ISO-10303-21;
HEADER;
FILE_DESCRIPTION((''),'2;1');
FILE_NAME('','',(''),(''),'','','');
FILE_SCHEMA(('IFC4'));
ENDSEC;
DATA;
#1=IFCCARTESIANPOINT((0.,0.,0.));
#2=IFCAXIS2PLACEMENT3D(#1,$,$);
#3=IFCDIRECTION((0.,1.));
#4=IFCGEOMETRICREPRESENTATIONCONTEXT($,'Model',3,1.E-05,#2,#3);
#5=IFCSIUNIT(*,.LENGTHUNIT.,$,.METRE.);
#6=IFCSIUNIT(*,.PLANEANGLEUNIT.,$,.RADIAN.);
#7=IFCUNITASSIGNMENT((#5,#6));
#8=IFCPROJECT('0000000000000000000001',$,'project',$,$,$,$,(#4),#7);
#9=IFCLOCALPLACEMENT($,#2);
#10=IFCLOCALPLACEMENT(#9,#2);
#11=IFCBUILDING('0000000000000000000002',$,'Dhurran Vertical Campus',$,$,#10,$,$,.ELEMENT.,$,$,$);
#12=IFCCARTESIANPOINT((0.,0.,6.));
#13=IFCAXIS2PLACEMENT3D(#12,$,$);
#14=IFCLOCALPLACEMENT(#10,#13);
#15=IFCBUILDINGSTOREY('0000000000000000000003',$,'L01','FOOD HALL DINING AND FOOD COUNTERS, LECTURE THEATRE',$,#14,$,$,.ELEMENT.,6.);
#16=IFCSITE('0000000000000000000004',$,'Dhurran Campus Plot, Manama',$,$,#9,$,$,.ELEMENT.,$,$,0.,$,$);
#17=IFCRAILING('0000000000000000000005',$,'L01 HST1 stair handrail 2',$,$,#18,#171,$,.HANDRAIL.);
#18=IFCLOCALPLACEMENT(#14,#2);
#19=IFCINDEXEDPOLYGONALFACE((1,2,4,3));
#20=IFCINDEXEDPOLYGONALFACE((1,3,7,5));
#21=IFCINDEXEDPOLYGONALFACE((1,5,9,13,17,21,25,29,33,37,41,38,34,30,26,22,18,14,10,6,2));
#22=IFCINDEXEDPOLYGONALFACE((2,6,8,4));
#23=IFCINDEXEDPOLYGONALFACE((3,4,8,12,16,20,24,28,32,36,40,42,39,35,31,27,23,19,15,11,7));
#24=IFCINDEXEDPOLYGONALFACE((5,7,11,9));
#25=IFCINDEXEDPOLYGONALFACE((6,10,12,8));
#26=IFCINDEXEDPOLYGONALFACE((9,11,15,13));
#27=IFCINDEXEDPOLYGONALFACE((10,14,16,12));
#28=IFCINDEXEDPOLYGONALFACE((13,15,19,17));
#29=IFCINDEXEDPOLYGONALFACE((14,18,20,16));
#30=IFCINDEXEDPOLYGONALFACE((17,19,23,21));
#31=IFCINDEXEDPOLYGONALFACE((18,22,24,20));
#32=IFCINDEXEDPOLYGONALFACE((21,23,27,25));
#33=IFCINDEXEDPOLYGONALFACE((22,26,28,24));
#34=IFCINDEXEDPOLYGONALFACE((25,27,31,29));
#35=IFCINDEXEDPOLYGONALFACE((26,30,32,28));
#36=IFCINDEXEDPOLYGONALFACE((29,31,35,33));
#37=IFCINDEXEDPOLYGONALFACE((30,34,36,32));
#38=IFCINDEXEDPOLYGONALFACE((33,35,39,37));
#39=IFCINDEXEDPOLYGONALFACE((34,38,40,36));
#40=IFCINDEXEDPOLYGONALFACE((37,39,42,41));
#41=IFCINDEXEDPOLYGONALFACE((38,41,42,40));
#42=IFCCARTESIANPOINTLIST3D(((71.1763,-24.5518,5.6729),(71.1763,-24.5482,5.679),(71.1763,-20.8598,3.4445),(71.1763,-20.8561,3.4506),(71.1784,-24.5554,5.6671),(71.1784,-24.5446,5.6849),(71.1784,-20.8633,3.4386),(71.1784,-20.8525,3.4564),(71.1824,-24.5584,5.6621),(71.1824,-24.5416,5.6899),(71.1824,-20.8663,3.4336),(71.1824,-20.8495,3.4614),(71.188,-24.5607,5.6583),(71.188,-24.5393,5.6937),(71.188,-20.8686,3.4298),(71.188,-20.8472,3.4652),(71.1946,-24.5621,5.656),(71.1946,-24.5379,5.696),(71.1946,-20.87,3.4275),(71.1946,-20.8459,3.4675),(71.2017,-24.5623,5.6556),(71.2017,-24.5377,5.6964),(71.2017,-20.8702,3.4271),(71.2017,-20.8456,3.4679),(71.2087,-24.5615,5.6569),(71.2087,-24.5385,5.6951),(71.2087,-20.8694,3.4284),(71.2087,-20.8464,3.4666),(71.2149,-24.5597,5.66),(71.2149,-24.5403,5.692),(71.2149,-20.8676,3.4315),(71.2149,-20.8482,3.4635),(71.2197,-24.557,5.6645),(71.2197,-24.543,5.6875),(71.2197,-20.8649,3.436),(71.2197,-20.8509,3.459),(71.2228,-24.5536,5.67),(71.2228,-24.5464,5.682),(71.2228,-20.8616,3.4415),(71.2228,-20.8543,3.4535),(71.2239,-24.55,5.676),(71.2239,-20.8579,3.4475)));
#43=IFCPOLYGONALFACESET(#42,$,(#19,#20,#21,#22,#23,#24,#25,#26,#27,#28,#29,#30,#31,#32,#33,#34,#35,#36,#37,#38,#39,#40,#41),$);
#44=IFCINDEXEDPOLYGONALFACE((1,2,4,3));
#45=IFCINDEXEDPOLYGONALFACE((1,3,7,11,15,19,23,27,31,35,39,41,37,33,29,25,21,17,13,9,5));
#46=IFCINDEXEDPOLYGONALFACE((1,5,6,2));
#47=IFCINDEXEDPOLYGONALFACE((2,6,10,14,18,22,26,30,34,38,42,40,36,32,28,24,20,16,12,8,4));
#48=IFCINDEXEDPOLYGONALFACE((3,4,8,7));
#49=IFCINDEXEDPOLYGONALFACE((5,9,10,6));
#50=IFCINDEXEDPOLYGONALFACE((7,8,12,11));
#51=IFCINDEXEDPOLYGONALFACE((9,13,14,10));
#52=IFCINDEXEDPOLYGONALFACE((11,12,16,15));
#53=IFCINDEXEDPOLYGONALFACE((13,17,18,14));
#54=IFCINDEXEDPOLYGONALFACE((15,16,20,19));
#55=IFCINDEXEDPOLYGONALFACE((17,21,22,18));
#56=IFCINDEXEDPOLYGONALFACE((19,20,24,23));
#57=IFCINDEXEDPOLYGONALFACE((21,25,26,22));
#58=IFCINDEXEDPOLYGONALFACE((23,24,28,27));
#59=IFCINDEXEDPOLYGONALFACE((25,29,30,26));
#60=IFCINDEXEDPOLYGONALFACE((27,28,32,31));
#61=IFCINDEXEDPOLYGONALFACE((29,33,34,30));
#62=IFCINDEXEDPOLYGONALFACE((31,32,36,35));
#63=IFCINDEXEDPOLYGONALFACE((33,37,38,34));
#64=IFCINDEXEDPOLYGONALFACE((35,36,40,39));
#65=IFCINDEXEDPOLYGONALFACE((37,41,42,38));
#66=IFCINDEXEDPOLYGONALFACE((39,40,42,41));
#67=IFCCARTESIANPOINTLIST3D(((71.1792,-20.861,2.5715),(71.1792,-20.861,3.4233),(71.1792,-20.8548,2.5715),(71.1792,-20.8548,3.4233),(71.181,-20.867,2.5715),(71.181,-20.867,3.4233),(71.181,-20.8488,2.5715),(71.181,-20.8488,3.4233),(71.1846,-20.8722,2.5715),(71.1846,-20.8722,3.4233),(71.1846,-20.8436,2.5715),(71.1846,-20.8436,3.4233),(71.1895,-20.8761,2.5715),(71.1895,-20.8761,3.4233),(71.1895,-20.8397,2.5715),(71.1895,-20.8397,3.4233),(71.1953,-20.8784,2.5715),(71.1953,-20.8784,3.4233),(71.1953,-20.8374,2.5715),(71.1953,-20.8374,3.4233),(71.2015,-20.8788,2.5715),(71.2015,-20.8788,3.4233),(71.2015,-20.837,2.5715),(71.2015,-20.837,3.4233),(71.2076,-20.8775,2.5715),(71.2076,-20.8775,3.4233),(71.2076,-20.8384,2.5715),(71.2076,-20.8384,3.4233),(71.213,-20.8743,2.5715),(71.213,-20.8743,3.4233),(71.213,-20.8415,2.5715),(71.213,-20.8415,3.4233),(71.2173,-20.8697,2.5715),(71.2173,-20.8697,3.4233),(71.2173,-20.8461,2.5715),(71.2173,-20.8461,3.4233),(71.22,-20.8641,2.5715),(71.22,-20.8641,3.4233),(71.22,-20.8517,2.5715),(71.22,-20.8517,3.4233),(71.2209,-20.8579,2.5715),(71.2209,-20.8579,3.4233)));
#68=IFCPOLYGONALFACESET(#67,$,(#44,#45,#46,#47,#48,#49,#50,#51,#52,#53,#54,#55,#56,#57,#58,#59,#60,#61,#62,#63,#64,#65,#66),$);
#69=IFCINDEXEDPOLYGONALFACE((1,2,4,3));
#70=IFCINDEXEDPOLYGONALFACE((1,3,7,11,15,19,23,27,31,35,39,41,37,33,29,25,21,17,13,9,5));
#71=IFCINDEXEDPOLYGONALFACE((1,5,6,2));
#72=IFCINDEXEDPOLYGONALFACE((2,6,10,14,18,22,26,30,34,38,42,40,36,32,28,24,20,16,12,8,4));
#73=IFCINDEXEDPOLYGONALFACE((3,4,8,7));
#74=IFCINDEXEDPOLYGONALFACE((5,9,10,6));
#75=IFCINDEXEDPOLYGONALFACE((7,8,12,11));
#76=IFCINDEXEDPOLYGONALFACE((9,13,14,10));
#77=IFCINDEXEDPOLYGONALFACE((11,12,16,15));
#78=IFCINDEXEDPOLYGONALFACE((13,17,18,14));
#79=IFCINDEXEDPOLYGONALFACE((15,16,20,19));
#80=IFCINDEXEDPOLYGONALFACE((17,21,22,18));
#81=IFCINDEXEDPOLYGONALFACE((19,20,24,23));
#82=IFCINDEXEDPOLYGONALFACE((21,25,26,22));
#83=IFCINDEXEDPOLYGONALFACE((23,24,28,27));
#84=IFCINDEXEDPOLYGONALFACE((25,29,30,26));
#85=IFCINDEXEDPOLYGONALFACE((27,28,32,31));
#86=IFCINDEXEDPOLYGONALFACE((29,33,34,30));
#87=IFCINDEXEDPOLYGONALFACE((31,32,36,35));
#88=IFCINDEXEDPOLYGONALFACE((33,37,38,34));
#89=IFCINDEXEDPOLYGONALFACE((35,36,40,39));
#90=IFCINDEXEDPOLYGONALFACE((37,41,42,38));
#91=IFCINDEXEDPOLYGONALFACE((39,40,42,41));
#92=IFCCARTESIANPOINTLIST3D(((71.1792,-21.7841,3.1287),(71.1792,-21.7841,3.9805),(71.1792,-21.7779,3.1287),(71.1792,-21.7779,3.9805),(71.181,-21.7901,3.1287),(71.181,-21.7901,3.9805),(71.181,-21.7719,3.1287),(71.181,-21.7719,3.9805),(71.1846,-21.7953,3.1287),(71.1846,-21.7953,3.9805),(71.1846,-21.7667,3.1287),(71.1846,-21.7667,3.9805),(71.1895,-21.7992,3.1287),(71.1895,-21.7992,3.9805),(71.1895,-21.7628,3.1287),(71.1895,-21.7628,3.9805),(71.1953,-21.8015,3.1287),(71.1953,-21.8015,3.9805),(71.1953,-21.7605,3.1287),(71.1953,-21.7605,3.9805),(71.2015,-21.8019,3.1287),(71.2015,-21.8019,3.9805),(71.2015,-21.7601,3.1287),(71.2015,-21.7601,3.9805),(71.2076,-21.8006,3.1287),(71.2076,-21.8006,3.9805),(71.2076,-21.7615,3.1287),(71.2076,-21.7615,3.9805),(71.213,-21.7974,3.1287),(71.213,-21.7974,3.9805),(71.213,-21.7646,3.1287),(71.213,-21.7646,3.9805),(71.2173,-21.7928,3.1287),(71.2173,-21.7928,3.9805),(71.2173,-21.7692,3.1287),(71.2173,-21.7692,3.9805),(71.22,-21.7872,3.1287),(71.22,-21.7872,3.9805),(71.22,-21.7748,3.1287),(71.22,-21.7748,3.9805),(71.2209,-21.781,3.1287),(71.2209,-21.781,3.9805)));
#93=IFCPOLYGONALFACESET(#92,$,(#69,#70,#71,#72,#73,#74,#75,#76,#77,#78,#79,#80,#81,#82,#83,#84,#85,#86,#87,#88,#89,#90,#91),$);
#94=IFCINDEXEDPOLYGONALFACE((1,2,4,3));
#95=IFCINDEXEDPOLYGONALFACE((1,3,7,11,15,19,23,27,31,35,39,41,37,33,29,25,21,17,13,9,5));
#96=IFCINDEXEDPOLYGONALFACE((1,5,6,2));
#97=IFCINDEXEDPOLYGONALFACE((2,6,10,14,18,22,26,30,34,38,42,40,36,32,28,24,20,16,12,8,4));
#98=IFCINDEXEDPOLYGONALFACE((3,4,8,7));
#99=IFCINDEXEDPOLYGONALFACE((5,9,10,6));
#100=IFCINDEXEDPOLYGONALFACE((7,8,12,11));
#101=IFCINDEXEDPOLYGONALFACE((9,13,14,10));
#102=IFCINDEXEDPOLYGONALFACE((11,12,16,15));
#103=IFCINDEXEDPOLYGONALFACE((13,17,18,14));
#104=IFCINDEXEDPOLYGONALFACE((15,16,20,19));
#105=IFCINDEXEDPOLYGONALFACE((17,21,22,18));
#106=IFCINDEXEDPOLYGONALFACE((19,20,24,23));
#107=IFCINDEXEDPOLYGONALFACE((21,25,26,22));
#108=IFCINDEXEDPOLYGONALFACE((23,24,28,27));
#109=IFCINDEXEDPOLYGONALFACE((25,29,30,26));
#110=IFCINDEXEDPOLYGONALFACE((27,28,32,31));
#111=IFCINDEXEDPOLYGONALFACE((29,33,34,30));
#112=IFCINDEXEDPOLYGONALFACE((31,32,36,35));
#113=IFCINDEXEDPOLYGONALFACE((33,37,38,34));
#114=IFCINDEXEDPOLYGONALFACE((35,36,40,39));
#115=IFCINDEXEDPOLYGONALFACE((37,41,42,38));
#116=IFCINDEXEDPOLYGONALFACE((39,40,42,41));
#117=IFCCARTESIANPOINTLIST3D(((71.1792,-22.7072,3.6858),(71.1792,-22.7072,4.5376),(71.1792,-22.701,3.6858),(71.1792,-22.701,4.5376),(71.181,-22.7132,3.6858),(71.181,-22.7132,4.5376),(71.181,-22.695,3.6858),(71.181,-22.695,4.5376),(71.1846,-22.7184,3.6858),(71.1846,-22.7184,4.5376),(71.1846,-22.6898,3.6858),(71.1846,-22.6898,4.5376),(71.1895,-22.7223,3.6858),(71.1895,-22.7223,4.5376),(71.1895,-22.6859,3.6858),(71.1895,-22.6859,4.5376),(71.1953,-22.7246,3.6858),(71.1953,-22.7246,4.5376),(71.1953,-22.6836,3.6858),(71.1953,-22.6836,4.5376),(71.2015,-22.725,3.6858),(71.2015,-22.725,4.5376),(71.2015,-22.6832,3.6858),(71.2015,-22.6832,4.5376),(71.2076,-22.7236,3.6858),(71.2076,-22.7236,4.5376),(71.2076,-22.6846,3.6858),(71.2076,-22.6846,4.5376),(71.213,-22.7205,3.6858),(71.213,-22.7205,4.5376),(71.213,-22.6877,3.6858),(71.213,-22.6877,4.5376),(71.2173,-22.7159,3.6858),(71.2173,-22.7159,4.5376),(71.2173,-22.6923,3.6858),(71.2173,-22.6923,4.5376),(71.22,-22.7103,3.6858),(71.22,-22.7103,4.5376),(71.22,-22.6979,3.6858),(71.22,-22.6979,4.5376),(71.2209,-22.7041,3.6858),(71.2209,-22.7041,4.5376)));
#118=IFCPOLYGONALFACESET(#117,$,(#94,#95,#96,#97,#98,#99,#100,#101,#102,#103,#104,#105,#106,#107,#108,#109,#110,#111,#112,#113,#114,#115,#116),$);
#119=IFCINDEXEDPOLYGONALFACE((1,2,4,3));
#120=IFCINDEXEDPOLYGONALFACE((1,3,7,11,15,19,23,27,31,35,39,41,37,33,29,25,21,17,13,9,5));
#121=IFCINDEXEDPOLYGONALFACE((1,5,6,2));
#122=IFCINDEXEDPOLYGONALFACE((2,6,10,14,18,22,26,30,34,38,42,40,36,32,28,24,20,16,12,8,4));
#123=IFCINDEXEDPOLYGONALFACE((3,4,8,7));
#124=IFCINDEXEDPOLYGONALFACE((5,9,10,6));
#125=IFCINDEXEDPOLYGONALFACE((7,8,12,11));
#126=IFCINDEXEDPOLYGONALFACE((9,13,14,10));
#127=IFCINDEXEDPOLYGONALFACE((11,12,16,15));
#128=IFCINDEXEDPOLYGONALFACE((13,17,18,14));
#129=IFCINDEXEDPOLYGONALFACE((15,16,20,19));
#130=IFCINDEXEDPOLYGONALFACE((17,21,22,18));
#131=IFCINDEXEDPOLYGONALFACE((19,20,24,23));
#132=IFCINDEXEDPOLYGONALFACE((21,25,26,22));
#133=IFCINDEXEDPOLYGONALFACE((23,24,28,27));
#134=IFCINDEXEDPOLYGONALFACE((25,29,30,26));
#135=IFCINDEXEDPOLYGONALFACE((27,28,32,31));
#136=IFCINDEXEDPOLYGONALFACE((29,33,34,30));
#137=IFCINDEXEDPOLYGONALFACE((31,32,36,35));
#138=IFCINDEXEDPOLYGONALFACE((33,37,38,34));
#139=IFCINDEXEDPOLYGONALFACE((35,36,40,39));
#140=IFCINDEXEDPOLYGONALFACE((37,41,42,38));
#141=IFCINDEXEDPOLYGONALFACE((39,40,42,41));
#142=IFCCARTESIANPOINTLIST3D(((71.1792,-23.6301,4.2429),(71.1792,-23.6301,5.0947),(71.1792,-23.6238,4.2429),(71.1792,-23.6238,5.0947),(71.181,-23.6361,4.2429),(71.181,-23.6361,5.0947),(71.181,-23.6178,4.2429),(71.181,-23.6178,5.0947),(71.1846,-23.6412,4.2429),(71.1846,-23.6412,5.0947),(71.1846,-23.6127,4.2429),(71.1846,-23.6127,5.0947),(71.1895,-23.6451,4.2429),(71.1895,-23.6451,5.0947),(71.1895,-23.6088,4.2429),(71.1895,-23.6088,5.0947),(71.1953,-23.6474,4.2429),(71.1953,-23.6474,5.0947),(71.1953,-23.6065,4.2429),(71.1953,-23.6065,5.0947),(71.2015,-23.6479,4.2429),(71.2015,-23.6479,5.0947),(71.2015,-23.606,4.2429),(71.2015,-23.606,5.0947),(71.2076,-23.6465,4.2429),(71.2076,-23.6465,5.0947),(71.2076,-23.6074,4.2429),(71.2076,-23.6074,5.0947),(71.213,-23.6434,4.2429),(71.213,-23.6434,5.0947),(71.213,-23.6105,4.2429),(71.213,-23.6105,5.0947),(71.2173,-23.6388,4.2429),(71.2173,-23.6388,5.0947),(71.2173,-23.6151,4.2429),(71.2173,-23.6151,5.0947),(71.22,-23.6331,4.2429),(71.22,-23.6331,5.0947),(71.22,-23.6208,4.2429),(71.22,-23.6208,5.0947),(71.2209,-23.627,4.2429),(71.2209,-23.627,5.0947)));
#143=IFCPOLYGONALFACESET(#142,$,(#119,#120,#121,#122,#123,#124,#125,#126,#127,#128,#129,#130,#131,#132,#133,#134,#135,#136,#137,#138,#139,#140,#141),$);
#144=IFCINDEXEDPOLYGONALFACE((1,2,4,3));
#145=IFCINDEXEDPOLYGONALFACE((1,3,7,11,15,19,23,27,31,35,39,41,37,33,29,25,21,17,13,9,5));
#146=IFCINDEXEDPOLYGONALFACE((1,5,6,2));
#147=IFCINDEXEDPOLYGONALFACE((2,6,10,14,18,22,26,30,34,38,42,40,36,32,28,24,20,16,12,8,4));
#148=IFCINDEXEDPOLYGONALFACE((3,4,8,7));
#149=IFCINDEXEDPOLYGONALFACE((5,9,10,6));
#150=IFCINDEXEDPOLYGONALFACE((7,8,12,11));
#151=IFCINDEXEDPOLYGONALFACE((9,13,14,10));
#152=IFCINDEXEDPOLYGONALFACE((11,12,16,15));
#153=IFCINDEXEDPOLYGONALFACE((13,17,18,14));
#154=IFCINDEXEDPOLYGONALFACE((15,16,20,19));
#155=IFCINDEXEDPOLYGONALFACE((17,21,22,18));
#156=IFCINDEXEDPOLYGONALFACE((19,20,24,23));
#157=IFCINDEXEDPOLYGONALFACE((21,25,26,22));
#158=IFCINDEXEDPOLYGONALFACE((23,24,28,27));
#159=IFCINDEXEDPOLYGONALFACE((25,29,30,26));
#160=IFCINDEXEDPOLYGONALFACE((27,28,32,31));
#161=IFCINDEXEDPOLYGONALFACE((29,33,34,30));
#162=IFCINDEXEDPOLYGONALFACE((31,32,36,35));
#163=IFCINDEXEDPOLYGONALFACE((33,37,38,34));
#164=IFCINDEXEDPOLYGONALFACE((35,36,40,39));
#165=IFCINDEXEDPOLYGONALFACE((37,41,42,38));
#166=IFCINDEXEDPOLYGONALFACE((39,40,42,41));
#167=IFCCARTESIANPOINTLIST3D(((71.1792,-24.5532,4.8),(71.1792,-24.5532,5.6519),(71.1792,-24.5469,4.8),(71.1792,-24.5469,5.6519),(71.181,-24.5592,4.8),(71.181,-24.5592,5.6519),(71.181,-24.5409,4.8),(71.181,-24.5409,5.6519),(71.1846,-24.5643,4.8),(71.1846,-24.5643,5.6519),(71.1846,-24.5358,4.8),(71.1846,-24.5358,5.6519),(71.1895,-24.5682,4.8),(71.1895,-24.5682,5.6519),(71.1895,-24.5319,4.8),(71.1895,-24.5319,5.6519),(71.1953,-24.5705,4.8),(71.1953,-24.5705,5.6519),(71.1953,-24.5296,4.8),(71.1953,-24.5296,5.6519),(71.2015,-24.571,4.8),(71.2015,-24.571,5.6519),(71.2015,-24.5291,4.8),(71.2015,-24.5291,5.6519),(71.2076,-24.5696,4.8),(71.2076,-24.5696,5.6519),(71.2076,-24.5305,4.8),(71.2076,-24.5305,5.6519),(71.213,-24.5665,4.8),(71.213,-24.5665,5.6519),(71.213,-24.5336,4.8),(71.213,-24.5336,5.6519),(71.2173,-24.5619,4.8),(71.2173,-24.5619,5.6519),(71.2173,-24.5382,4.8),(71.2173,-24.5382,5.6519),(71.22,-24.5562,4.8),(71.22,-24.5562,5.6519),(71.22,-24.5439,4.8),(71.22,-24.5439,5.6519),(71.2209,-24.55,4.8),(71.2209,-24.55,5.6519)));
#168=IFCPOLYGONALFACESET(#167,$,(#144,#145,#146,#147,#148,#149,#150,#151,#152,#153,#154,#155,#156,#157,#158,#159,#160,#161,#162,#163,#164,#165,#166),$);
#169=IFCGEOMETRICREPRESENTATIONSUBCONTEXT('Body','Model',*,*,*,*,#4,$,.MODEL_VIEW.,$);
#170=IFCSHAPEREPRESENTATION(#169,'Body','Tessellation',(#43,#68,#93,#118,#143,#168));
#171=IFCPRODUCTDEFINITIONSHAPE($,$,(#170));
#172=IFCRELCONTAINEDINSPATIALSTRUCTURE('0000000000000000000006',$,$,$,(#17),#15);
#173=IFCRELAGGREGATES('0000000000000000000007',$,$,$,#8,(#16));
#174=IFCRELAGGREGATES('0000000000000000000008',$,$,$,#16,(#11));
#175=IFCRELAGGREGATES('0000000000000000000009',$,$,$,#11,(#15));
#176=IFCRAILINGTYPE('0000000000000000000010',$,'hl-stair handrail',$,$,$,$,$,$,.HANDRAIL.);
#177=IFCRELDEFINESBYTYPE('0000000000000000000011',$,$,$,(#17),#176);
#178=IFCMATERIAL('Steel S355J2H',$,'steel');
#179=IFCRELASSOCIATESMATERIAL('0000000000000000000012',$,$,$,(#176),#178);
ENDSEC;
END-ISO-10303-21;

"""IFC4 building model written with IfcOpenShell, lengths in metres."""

from ifc_helpers import new_model, si_unit, direction, frame, origin, origin_2d, place, context, subcontext, project, spatial, circle, extrude, material, type_object, element, save


model = new_model("IFC4")

# Units and contexts
model_context = context("Model", 3, precision=1e-05, world=origin(), true_north=direction((0.0, 1.0)))
body_context = subcontext(model_context, "Body", "Model", "MODEL_VIEW")
ifc_project = project(units=[si_unit("LENGTHUNIT", "METRE"), si_unit("PLANEANGLEUNIT", "RADIAN")], contexts=[model_context])

# Site, building, storey
site_placement = place(None, origin())
site = spatial("IfcSite", under=ifc_project, at=site_placement, Name="Dhurran Campus Plot, Manama", CompositionType="ELEMENT", RefElevation=0.0)
building_placement = place(site_placement, origin())
building = spatial("IfcBuilding", under=site, at=building_placement, Name="Dhurran Vertical Campus", CompositionType="ELEMENT")
storey_placement = place(building_placement, frame((0.0, 0.0, 6.0)))
storey = spatial("IfcBuildingStorey", under=building, at=storey_placement, Name="L01", Description="FOOD HALL DINING AND FOOD COUNTERS, LECTURE THEATRE", CompositionType="ELEMENT", Elevation=6.0)

# Railing
ifc_material_1 = material(Name="Steel S355J2H", Category="steel")
railing_type_1 = type_object("IfcRailingType", Name="hl-stair handrail", PredefinedType="HANDRAIL", material=ifc_material_1)
railing_1_placement = place(storey_placement, frame((71.2, -20.8579, 2.5715)))
element("IfcRailing", 1, at=railing_1_placement, inside=storey, type_object=railing_type_1, Name="L01 HST1 stair handrail 2", PredefinedType="HANDRAIL", context=body_context, shape_type="SweptSolid", body=[
    extrude(circle(Radius=0.0239, at=origin_2d()), frame((0.0, 0.0, 0.876), z_axis=(0.0, -0.856136, 0.51675), x_axis=(1.0, 0.0, 0.0)), (0.0, 0.0, 1.0), 4.3125),
    extrude(circle(Radius=0.021, at=origin_2d()), origin(), (0.0, 0.0, 1.0), 0.8518),
    extrude(circle(Radius=0.021, at=origin_2d()), frame((0.0, -0.9231, 0.5571)), (0.0, 0.0, 1.0), 0.8518),
    extrude(circle(Radius=0.021, at=origin_2d()), frame((0.0, -1.8462, 1.1143)), (0.0, 0.0, 1.0), 0.8518),
    extrude(circle(Radius=0.021, at=origin_2d()), frame((0.0, -2.769, 1.6714)), (0.0, 0.0, 1.0), 0.8518),
    extrude(circle(Radius=0.021, at=origin_2d()), frame((0.0, -3.6921, 2.2285)), (0.0, 0.0, 1.0), 0.8518),
])

save(model, "model.ifc")
